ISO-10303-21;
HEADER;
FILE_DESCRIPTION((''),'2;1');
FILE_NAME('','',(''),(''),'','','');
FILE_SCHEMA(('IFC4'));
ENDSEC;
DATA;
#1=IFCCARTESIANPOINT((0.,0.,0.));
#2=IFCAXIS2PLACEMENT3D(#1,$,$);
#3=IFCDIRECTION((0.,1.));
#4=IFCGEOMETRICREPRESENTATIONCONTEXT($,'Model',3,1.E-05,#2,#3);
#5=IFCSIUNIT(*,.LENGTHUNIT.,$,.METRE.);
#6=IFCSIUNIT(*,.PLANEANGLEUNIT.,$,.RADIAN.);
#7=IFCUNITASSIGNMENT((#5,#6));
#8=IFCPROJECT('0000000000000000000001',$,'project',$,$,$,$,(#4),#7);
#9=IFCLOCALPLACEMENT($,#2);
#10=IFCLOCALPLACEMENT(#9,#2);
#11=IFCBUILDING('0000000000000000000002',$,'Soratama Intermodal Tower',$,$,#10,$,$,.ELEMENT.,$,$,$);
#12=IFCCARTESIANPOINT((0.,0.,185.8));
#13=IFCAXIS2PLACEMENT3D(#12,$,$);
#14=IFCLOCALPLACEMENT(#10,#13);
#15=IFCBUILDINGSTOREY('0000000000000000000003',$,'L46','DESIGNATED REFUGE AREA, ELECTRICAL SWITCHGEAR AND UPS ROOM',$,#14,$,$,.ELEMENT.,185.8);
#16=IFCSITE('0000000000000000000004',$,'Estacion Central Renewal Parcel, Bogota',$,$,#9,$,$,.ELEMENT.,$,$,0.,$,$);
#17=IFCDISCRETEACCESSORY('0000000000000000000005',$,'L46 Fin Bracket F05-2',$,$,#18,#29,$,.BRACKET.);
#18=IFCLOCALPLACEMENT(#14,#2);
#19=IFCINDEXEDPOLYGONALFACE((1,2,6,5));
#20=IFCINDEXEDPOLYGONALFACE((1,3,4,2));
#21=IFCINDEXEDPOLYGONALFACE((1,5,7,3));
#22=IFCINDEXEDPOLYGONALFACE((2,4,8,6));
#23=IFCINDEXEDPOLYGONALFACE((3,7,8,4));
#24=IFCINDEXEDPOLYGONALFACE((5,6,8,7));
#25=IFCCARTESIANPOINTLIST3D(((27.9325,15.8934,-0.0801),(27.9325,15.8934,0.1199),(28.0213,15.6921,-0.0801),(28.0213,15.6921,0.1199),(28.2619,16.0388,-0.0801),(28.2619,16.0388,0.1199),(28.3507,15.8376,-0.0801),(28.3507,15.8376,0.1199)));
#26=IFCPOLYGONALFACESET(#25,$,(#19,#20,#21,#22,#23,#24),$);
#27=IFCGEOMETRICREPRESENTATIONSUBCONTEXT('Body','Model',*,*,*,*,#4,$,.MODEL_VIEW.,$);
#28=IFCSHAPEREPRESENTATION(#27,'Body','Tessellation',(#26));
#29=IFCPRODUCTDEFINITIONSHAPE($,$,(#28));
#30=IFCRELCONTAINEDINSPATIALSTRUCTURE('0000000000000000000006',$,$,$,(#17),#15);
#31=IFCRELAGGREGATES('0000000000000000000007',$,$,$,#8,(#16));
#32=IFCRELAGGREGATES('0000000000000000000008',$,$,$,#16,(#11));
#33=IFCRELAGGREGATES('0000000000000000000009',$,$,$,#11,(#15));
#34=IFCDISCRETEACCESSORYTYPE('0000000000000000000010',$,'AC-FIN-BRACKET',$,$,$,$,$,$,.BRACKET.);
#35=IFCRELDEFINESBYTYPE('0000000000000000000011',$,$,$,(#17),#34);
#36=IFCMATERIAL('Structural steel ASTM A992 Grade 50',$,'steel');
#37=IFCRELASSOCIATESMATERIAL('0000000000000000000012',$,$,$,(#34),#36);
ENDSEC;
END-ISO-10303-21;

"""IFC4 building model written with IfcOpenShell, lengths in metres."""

from ifc_helpers import new_model, si_unit, direction, frame, origin, origin_2d, place, context, subcontext, project, spatial, rectangle, extrude, material, type_object, element, save


model = new_model("IFC4")

# Units and contexts
model_context = context("Model", 3, precision=1e-05, world=origin(), true_north=direction((0.0, 1.0)))
body_context = subcontext(model_context, "Body", "Model", "MODEL_VIEW")
ifc_project = project(units=[si_unit("LENGTHUNIT", "METRE"), si_unit("PLANEANGLEUNIT", "RADIAN")], contexts=[model_context])

# Site, building, storey
site_placement = place(None, origin())
site = spatial("IfcSite", under=ifc_project, at=site_placement, Name="Estacion Central Renewal Parcel, Bogota", CompositionType="ELEMENT", RefElevation=0.0)
building_placement = place(site_placement, origin())
building = spatial("IfcBuilding", under=site, at=building_placement, Name="Soratama Intermodal Tower", CompositionType="ELEMENT")
storey_placement = place(building_placement, frame((0.0, 0.0, 185.8)))
storey = spatial("IfcBuildingStorey", under=building, at=storey_placement, Name="L46", Description="DESIGNATED REFUGE AREA, ELECTRICAL SWITCHGEAR AND UPS ROOM", CompositionType="ELEMENT", Elevation=185.8)

# Discrete accessory
ifc_material_1 = material(Name="Structural steel ASTM A992 Grade 50", Category="steel")
discrete_accessory_type = type_object("IfcDiscreteAccessoryType", Name="AC-FIN-BRACKET", PredefinedType="BRACKET", material=ifc_material_1)
for number, where, z_axis, x_axis, name in (
    (1, (28.1416, 15.8655, -0.0801), (0.0, 0.0, 1.0), (-0.914819, -0.403865, 0.0), "L46 Fin Bracket F05-2"),
):
    element("IfcDiscreteAccessory", number, at=place(storey_placement, frame(where, z_axis=z_axis, x_axis=x_axis)), inside=storey, type_object=discrete_accessory_type, Name=name, PredefinedType="BRACKET", context=body_context, shape_type="SweptSolid", body=[
        extrude(rectangle(XDim=0.3601, YDim=0.22, at=origin_2d()), origin(), (0.0, 0.0, 1.0), 0.2),
    ])

save(model, "model.ifc")
